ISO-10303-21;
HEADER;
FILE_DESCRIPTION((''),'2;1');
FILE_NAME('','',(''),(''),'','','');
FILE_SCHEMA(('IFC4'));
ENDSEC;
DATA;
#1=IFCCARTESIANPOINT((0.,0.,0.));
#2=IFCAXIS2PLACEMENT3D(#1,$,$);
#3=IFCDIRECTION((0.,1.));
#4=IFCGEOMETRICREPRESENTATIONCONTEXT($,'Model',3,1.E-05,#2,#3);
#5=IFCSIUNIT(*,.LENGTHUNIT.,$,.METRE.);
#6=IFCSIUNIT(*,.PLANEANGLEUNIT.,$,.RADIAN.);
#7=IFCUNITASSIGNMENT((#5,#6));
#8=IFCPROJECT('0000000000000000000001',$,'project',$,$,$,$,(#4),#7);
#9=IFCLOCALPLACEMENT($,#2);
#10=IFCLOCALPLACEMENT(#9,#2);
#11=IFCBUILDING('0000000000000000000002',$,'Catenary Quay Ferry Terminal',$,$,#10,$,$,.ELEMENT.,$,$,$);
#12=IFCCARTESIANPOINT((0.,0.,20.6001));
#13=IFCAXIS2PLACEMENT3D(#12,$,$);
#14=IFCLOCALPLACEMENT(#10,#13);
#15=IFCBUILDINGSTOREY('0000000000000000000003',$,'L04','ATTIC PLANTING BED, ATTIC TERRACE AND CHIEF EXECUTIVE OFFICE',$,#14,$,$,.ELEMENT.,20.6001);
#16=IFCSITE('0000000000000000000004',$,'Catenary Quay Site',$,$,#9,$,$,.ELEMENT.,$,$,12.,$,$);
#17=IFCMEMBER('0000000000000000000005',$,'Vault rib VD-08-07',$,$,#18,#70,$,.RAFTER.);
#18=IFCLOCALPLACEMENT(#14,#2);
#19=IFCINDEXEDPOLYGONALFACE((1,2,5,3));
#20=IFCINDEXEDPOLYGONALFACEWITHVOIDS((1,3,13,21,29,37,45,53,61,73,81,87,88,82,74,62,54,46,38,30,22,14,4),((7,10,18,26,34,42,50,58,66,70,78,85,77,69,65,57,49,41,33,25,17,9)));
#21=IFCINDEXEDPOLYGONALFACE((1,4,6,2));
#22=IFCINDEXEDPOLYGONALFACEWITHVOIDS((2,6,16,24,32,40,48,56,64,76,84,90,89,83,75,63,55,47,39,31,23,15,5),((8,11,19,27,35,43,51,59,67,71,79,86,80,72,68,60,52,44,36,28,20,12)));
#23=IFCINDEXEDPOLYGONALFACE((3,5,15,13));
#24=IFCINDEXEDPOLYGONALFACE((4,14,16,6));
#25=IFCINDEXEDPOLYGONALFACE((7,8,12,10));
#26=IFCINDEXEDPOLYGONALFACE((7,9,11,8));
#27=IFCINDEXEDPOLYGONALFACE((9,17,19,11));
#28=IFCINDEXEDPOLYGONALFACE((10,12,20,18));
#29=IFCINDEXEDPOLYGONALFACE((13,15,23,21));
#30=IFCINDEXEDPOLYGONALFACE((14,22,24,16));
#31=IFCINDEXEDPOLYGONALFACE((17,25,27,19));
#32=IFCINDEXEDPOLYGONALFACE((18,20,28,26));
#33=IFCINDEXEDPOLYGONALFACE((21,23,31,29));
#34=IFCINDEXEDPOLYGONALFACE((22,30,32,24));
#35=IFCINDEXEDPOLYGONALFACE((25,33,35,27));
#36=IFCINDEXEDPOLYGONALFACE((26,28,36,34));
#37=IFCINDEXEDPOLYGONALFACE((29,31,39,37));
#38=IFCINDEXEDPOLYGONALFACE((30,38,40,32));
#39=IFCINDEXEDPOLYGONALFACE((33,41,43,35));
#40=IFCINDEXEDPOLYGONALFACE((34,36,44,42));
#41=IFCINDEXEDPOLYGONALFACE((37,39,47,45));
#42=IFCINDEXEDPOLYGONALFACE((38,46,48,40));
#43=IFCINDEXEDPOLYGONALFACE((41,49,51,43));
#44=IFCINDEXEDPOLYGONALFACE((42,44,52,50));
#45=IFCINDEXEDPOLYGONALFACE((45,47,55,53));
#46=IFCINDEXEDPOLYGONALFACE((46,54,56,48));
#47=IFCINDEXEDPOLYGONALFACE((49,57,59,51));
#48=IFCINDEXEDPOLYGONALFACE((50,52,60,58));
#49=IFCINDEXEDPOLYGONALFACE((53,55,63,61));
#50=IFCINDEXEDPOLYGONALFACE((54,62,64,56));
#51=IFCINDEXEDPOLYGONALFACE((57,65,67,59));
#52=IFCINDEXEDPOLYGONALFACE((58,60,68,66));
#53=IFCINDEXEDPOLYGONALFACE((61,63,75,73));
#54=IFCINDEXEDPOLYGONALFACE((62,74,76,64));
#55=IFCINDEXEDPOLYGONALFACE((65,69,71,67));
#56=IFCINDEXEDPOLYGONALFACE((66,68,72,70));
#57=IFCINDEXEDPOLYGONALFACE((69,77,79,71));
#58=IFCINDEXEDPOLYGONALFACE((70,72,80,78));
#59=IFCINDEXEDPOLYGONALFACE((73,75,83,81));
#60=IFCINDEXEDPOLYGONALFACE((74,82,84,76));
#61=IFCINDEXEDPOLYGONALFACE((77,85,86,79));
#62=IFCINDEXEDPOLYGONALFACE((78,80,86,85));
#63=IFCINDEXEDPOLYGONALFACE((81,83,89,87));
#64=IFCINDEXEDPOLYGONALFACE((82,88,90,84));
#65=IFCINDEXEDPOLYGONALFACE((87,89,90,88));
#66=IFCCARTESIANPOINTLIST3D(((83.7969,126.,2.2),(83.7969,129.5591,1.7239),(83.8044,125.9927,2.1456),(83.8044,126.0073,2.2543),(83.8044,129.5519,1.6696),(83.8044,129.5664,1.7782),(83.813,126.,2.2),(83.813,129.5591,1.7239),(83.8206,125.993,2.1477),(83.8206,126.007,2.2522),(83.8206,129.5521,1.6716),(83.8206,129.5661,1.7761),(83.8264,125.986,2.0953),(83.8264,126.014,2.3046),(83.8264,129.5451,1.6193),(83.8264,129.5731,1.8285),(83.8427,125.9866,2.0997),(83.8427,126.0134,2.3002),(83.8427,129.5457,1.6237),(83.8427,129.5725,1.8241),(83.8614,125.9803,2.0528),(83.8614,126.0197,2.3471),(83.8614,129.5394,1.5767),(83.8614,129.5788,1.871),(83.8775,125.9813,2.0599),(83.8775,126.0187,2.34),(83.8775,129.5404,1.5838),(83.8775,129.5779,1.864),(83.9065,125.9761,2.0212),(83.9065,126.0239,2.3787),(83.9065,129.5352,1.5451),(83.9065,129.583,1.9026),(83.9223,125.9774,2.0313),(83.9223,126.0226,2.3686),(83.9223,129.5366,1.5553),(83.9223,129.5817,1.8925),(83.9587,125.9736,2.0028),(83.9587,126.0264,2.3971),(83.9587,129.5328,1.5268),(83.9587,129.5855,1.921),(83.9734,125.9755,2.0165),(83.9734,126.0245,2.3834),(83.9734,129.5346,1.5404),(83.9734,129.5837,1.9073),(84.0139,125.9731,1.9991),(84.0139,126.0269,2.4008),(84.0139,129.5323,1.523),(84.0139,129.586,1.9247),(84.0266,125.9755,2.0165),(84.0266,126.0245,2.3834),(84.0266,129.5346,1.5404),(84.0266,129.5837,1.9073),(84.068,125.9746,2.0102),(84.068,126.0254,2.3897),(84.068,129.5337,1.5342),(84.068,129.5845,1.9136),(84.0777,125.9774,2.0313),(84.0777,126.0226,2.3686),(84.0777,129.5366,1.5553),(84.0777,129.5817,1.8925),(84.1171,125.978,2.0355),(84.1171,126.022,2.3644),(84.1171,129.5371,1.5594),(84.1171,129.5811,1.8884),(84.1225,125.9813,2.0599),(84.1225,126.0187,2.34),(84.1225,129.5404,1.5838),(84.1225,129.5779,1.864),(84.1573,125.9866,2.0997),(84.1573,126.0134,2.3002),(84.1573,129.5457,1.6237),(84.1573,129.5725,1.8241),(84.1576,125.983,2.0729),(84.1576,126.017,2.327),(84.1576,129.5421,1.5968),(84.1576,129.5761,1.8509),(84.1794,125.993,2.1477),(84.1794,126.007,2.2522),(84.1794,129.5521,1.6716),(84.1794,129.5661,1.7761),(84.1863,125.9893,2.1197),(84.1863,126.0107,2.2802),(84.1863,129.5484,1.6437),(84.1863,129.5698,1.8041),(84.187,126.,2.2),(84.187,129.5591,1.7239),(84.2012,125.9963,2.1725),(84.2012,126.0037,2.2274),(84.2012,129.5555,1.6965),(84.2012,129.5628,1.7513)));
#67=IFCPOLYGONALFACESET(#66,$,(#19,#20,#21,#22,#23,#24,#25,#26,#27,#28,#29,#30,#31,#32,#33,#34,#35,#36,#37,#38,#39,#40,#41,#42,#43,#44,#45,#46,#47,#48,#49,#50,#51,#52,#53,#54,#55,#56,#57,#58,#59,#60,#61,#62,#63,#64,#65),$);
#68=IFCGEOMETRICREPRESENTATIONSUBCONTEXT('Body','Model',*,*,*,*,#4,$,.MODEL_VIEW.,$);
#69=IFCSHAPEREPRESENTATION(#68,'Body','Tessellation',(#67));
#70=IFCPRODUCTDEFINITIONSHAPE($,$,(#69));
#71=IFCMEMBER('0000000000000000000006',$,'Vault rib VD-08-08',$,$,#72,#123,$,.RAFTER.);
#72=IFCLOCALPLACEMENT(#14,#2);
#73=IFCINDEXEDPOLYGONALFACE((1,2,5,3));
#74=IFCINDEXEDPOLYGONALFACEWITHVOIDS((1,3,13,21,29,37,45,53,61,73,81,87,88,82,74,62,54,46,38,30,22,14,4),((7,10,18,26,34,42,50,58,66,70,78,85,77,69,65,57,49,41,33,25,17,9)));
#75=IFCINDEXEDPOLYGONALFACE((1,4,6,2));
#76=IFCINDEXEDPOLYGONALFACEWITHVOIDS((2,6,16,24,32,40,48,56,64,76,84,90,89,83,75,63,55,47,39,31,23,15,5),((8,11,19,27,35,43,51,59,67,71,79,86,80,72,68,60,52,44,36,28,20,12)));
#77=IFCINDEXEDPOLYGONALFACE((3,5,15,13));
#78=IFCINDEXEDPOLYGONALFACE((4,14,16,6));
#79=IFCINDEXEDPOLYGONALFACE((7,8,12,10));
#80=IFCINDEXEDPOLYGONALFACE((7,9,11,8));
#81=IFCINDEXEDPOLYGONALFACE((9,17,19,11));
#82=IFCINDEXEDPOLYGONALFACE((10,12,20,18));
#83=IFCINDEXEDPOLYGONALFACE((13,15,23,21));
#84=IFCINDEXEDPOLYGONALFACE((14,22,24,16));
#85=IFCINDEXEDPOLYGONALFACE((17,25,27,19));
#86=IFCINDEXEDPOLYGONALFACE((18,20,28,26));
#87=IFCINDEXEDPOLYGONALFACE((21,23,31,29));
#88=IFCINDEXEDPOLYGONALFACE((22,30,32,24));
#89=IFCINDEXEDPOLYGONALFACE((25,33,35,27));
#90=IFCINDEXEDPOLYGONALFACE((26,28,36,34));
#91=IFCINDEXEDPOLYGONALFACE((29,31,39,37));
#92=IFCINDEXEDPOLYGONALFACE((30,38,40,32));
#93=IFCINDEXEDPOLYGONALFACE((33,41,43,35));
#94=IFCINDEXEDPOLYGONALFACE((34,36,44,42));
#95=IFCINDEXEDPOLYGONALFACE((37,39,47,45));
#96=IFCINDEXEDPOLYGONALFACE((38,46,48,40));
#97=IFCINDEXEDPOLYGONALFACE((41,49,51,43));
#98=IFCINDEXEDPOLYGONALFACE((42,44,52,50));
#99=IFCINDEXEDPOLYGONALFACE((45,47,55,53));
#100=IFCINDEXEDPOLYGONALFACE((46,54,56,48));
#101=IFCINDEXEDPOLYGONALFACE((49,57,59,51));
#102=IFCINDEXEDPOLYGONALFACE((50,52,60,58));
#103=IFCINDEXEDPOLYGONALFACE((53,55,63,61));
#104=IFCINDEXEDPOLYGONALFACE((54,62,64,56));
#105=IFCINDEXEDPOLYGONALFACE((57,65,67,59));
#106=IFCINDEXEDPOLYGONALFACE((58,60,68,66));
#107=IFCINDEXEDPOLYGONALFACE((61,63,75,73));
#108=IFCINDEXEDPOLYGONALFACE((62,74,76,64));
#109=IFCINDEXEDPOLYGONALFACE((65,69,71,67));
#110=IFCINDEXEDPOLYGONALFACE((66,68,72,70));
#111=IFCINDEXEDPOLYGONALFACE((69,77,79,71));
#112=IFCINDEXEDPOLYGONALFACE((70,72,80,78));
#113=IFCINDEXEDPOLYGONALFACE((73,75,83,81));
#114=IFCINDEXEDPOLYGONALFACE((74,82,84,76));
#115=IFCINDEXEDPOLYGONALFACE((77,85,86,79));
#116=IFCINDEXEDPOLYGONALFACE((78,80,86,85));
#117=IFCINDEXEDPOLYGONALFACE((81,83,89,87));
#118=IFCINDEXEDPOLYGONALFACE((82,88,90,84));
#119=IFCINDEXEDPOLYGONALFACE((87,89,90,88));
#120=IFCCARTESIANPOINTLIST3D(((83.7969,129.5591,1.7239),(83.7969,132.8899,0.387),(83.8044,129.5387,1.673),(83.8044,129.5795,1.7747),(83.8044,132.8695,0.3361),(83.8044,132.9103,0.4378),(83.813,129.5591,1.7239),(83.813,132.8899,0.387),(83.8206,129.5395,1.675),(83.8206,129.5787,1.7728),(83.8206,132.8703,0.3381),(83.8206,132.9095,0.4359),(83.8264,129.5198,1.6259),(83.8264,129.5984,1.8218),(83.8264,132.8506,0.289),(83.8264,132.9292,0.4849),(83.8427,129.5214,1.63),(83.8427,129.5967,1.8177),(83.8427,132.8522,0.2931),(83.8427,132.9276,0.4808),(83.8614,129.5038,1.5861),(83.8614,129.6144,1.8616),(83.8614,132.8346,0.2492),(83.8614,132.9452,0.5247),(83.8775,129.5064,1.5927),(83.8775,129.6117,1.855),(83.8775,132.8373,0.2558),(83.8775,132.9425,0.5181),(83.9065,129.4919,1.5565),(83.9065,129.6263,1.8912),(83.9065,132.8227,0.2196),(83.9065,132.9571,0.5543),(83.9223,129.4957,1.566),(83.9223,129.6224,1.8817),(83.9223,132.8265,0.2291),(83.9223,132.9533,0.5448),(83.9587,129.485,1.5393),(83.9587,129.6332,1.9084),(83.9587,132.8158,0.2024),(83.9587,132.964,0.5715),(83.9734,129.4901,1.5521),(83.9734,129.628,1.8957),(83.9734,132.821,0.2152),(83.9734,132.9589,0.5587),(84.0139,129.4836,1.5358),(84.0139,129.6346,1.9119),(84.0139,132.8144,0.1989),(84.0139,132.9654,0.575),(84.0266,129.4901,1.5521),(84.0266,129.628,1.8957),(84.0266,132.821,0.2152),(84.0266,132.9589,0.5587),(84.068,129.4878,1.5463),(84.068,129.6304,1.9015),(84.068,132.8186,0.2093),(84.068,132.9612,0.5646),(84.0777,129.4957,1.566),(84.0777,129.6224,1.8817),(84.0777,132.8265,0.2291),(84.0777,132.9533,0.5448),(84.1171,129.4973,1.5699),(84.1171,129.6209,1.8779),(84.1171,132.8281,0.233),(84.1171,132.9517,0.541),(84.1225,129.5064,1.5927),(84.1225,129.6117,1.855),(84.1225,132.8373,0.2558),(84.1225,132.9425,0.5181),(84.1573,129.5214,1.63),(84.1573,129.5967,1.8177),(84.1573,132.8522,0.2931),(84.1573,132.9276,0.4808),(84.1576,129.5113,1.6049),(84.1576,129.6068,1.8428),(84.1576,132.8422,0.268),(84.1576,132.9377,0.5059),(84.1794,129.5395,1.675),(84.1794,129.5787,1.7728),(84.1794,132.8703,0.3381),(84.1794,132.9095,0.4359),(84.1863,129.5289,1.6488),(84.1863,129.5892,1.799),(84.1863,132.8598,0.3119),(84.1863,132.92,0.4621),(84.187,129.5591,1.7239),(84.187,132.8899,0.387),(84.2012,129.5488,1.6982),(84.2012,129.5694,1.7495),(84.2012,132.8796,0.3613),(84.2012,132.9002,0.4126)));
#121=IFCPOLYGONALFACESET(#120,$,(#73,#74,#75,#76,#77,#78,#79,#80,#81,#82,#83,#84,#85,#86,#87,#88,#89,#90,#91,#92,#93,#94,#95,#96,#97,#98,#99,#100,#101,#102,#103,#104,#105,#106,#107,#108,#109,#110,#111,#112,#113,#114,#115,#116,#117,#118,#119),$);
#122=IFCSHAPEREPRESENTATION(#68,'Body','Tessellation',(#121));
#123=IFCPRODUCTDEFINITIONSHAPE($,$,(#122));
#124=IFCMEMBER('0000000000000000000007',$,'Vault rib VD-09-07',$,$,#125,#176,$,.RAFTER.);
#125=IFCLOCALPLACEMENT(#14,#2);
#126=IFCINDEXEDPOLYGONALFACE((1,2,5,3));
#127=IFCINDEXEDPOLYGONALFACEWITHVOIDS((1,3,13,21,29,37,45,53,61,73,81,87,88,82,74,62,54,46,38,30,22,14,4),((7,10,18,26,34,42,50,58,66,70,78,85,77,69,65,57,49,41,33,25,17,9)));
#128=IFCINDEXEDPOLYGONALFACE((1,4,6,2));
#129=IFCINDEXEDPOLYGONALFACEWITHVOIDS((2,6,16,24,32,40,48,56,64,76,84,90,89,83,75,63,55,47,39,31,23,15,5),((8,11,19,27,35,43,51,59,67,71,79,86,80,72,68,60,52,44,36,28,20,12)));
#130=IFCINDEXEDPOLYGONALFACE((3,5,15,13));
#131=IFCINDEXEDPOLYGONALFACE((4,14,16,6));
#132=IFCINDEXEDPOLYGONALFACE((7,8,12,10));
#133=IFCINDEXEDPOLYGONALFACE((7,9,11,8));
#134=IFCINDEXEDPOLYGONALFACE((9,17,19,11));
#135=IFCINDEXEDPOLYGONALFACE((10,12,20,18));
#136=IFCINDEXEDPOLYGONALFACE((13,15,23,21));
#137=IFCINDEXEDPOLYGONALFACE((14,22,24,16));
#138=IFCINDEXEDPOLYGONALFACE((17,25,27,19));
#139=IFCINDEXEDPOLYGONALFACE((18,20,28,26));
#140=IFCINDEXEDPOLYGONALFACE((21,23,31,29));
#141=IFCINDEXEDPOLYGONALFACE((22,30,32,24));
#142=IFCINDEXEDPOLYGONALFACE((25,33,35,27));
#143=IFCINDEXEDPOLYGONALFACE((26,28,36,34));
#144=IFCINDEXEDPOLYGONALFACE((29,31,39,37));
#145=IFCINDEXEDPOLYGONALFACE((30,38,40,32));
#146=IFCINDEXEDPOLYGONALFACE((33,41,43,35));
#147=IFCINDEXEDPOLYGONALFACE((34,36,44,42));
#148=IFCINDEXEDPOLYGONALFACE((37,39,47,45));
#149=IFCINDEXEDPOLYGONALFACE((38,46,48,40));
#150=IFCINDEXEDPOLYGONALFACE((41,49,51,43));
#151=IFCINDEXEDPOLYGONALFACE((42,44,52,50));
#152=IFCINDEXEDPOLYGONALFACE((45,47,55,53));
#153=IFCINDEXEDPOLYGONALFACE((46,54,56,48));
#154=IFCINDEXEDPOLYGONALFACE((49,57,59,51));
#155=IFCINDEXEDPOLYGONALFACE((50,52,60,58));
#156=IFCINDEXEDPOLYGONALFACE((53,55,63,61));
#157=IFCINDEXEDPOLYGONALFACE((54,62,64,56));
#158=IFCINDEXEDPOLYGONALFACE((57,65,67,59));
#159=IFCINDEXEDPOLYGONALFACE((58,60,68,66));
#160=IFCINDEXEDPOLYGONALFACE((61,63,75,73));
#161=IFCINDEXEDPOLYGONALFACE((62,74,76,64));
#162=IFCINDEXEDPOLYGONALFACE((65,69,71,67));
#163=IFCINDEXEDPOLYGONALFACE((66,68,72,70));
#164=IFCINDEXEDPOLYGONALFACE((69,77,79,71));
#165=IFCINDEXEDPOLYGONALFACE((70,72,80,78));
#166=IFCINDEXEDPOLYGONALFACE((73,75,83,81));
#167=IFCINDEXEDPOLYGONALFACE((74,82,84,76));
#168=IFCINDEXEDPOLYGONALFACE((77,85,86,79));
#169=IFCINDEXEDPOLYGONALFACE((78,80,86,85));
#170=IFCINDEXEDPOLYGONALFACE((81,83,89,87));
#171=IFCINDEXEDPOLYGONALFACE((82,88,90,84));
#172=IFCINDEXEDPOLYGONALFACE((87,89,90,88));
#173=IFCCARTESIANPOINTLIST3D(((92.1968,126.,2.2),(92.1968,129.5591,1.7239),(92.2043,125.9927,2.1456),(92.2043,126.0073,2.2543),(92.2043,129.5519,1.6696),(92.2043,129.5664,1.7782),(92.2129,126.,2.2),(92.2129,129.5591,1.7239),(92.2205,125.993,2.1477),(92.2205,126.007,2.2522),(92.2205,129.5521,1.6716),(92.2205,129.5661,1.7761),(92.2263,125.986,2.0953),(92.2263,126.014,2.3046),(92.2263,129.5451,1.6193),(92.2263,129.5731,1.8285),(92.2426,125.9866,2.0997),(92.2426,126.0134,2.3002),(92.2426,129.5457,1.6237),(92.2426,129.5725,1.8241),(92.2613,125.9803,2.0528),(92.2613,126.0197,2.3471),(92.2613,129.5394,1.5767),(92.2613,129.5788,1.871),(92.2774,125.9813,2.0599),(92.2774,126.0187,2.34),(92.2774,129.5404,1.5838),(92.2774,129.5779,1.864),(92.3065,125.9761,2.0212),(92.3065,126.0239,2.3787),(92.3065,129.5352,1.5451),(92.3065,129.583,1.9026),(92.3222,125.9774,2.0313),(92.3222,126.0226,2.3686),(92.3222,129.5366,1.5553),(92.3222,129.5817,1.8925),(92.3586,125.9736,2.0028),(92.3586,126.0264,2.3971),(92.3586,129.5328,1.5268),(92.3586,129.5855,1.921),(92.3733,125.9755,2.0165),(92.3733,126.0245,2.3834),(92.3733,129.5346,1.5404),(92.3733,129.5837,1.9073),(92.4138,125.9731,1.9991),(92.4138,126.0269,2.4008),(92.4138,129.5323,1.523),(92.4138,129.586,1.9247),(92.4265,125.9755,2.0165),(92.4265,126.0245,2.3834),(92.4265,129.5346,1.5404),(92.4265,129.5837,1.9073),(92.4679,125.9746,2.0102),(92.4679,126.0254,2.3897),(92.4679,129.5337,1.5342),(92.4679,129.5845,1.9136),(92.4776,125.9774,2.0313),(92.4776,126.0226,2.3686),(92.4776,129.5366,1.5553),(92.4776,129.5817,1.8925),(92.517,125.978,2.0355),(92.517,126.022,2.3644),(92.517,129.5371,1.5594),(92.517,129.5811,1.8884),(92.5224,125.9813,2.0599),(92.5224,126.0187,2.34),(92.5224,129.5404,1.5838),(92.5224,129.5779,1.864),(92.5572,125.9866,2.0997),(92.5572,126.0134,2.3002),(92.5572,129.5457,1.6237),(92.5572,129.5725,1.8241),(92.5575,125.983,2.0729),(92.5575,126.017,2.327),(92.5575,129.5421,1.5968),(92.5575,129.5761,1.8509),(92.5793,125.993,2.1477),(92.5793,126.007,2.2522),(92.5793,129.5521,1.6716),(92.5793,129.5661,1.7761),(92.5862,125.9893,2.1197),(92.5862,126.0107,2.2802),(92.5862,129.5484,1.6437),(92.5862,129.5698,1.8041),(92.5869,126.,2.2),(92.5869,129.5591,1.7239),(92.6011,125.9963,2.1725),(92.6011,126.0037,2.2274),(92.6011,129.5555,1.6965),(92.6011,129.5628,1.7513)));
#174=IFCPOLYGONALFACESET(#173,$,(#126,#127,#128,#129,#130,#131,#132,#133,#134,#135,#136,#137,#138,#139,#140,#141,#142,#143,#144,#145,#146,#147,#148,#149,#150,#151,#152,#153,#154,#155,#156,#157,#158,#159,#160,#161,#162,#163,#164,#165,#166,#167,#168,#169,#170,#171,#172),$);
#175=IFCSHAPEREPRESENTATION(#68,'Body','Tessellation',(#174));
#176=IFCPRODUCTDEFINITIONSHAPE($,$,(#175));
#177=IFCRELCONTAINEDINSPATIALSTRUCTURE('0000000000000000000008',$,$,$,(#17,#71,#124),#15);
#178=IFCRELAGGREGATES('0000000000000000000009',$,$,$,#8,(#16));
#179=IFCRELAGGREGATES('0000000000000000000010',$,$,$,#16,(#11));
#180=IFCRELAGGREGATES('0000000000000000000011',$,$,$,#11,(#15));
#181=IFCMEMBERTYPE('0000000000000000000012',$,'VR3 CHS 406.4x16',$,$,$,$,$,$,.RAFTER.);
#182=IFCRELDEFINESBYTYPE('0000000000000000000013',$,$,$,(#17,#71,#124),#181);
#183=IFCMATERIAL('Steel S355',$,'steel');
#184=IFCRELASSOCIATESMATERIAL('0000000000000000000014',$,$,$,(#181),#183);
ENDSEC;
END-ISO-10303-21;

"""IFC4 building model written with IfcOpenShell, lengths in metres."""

from ifc_helpers import new_model, si_unit, direction, frame, origin, origin_2d, place, context, subcontext, project, spatial, hollow_circle, extrude, material, material_profile, profile_set, type_object, element, save


model = new_model("IFC4")

# Units and contexts
model_context = context("Model", 3, precision=1e-05, world=origin(), true_north=direction((0.0, 1.0)))
body_context = subcontext(model_context, "Body", "Model", "MODEL_VIEW")
ifc_project = project(units=[si_unit("LENGTHUNIT", "METRE"), si_unit("PLANEANGLEUNIT", "RADIAN")], contexts=[model_context])

# Site, building, storey
site_placement = place(None, origin())
site = spatial("IfcSite", under=ifc_project, at=site_placement, Name="Catenary Quay Site", CompositionType="ELEMENT", RefElevation=12.0)
building_placement = place(site_placement, origin())
building = spatial("IfcBuilding", under=site, at=building_placement, Name="Catenary Quay Ferry Terminal", CompositionType="ELEMENT")
storey_placement = place(building_placement, frame((0.0, 0.0, 20.6001)))
storey = spatial("IfcBuildingStorey", under=building, at=storey_placement, Name="L04", Description="ATTIC PLANTING BED, ATTIC TERRACE AND CHIEF EXECUTIVE OFFICE", CompositionType="ELEMENT", Elevation=20.6001)

# Members
ifc_material_1 = material(Name="Steel S355", Category="steel")
ifc_material_profile_1 = material_profile(ifc_material_1, hollow_circle(Radius=0.2031, WallThickness=0.0161, at=origin_2d()), Name="CHS 406.4x16")
ifc_profile_set_1 = profile_set([ifc_material_profile_1], Name="Steel S355")
member_type_1 = type_object("IfcMemberType", Name="VR3 CHS 406.4x16", PredefinedType="RAFTER", material=ifc_profile_set_1)
member_1_placement = place(storey_placement, frame((84.0, 126.0, 2.2), z_axis=(0.0, 0.991172, -0.132582), x_axis=(-1.0, 0.0, 0.0)))
element("IfcMember", 1, at=member_1_placement, inside=storey, type_object=member_type_1, Name="Vault rib VD-08-07", PredefinedType="RAFTER", context=body_context, shape_type="SweptSolid", body=[
    extrude(hollow_circle(Radius=0.2031, WallThickness=0.0161, at=origin_2d()), origin(), (0.0, 0.0, 1.0), 3.5908),
])
member_2_placement = place(storey_placement, frame((84.0, 129.5591, 1.7239), z_axis=(0.0, 0.928035, -0.372493), x_axis=(-1.0, 0.0, 0.0)))
element("IfcMember", 2, at=member_2_placement, inside=storey, type_object=member_type_1, Name="Vault rib VD-08-08", PredefinedType="RAFTER", context=body_context, shape_type="SweptSolid", body=[
    extrude(hollow_circle(Radius=0.2031, WallThickness=0.0161, at=origin_2d()), origin(), (0.0, 0.0, 1.0), 3.5891),
])
member_3_placement = place(storey_placement, frame((92.3999, 126.0, 2.2), z_axis=(0.0, 0.991172, -0.132582), x_axis=(-1.0, 0.0, 0.0)))
element("IfcMember", 3, at=member_3_placement, inside=storey, type_object=member_type_1, Name="Vault rib VD-09-07", PredefinedType="RAFTER", context=body_context, shape_type="SweptSolid", body=[
    extrude(hollow_circle(Radius=0.2031, WallThickness=0.0161, at=origin_2d()), origin(), (0.0, 0.0, 1.0), 3.5908),
])

save(model, "model.ifc")
